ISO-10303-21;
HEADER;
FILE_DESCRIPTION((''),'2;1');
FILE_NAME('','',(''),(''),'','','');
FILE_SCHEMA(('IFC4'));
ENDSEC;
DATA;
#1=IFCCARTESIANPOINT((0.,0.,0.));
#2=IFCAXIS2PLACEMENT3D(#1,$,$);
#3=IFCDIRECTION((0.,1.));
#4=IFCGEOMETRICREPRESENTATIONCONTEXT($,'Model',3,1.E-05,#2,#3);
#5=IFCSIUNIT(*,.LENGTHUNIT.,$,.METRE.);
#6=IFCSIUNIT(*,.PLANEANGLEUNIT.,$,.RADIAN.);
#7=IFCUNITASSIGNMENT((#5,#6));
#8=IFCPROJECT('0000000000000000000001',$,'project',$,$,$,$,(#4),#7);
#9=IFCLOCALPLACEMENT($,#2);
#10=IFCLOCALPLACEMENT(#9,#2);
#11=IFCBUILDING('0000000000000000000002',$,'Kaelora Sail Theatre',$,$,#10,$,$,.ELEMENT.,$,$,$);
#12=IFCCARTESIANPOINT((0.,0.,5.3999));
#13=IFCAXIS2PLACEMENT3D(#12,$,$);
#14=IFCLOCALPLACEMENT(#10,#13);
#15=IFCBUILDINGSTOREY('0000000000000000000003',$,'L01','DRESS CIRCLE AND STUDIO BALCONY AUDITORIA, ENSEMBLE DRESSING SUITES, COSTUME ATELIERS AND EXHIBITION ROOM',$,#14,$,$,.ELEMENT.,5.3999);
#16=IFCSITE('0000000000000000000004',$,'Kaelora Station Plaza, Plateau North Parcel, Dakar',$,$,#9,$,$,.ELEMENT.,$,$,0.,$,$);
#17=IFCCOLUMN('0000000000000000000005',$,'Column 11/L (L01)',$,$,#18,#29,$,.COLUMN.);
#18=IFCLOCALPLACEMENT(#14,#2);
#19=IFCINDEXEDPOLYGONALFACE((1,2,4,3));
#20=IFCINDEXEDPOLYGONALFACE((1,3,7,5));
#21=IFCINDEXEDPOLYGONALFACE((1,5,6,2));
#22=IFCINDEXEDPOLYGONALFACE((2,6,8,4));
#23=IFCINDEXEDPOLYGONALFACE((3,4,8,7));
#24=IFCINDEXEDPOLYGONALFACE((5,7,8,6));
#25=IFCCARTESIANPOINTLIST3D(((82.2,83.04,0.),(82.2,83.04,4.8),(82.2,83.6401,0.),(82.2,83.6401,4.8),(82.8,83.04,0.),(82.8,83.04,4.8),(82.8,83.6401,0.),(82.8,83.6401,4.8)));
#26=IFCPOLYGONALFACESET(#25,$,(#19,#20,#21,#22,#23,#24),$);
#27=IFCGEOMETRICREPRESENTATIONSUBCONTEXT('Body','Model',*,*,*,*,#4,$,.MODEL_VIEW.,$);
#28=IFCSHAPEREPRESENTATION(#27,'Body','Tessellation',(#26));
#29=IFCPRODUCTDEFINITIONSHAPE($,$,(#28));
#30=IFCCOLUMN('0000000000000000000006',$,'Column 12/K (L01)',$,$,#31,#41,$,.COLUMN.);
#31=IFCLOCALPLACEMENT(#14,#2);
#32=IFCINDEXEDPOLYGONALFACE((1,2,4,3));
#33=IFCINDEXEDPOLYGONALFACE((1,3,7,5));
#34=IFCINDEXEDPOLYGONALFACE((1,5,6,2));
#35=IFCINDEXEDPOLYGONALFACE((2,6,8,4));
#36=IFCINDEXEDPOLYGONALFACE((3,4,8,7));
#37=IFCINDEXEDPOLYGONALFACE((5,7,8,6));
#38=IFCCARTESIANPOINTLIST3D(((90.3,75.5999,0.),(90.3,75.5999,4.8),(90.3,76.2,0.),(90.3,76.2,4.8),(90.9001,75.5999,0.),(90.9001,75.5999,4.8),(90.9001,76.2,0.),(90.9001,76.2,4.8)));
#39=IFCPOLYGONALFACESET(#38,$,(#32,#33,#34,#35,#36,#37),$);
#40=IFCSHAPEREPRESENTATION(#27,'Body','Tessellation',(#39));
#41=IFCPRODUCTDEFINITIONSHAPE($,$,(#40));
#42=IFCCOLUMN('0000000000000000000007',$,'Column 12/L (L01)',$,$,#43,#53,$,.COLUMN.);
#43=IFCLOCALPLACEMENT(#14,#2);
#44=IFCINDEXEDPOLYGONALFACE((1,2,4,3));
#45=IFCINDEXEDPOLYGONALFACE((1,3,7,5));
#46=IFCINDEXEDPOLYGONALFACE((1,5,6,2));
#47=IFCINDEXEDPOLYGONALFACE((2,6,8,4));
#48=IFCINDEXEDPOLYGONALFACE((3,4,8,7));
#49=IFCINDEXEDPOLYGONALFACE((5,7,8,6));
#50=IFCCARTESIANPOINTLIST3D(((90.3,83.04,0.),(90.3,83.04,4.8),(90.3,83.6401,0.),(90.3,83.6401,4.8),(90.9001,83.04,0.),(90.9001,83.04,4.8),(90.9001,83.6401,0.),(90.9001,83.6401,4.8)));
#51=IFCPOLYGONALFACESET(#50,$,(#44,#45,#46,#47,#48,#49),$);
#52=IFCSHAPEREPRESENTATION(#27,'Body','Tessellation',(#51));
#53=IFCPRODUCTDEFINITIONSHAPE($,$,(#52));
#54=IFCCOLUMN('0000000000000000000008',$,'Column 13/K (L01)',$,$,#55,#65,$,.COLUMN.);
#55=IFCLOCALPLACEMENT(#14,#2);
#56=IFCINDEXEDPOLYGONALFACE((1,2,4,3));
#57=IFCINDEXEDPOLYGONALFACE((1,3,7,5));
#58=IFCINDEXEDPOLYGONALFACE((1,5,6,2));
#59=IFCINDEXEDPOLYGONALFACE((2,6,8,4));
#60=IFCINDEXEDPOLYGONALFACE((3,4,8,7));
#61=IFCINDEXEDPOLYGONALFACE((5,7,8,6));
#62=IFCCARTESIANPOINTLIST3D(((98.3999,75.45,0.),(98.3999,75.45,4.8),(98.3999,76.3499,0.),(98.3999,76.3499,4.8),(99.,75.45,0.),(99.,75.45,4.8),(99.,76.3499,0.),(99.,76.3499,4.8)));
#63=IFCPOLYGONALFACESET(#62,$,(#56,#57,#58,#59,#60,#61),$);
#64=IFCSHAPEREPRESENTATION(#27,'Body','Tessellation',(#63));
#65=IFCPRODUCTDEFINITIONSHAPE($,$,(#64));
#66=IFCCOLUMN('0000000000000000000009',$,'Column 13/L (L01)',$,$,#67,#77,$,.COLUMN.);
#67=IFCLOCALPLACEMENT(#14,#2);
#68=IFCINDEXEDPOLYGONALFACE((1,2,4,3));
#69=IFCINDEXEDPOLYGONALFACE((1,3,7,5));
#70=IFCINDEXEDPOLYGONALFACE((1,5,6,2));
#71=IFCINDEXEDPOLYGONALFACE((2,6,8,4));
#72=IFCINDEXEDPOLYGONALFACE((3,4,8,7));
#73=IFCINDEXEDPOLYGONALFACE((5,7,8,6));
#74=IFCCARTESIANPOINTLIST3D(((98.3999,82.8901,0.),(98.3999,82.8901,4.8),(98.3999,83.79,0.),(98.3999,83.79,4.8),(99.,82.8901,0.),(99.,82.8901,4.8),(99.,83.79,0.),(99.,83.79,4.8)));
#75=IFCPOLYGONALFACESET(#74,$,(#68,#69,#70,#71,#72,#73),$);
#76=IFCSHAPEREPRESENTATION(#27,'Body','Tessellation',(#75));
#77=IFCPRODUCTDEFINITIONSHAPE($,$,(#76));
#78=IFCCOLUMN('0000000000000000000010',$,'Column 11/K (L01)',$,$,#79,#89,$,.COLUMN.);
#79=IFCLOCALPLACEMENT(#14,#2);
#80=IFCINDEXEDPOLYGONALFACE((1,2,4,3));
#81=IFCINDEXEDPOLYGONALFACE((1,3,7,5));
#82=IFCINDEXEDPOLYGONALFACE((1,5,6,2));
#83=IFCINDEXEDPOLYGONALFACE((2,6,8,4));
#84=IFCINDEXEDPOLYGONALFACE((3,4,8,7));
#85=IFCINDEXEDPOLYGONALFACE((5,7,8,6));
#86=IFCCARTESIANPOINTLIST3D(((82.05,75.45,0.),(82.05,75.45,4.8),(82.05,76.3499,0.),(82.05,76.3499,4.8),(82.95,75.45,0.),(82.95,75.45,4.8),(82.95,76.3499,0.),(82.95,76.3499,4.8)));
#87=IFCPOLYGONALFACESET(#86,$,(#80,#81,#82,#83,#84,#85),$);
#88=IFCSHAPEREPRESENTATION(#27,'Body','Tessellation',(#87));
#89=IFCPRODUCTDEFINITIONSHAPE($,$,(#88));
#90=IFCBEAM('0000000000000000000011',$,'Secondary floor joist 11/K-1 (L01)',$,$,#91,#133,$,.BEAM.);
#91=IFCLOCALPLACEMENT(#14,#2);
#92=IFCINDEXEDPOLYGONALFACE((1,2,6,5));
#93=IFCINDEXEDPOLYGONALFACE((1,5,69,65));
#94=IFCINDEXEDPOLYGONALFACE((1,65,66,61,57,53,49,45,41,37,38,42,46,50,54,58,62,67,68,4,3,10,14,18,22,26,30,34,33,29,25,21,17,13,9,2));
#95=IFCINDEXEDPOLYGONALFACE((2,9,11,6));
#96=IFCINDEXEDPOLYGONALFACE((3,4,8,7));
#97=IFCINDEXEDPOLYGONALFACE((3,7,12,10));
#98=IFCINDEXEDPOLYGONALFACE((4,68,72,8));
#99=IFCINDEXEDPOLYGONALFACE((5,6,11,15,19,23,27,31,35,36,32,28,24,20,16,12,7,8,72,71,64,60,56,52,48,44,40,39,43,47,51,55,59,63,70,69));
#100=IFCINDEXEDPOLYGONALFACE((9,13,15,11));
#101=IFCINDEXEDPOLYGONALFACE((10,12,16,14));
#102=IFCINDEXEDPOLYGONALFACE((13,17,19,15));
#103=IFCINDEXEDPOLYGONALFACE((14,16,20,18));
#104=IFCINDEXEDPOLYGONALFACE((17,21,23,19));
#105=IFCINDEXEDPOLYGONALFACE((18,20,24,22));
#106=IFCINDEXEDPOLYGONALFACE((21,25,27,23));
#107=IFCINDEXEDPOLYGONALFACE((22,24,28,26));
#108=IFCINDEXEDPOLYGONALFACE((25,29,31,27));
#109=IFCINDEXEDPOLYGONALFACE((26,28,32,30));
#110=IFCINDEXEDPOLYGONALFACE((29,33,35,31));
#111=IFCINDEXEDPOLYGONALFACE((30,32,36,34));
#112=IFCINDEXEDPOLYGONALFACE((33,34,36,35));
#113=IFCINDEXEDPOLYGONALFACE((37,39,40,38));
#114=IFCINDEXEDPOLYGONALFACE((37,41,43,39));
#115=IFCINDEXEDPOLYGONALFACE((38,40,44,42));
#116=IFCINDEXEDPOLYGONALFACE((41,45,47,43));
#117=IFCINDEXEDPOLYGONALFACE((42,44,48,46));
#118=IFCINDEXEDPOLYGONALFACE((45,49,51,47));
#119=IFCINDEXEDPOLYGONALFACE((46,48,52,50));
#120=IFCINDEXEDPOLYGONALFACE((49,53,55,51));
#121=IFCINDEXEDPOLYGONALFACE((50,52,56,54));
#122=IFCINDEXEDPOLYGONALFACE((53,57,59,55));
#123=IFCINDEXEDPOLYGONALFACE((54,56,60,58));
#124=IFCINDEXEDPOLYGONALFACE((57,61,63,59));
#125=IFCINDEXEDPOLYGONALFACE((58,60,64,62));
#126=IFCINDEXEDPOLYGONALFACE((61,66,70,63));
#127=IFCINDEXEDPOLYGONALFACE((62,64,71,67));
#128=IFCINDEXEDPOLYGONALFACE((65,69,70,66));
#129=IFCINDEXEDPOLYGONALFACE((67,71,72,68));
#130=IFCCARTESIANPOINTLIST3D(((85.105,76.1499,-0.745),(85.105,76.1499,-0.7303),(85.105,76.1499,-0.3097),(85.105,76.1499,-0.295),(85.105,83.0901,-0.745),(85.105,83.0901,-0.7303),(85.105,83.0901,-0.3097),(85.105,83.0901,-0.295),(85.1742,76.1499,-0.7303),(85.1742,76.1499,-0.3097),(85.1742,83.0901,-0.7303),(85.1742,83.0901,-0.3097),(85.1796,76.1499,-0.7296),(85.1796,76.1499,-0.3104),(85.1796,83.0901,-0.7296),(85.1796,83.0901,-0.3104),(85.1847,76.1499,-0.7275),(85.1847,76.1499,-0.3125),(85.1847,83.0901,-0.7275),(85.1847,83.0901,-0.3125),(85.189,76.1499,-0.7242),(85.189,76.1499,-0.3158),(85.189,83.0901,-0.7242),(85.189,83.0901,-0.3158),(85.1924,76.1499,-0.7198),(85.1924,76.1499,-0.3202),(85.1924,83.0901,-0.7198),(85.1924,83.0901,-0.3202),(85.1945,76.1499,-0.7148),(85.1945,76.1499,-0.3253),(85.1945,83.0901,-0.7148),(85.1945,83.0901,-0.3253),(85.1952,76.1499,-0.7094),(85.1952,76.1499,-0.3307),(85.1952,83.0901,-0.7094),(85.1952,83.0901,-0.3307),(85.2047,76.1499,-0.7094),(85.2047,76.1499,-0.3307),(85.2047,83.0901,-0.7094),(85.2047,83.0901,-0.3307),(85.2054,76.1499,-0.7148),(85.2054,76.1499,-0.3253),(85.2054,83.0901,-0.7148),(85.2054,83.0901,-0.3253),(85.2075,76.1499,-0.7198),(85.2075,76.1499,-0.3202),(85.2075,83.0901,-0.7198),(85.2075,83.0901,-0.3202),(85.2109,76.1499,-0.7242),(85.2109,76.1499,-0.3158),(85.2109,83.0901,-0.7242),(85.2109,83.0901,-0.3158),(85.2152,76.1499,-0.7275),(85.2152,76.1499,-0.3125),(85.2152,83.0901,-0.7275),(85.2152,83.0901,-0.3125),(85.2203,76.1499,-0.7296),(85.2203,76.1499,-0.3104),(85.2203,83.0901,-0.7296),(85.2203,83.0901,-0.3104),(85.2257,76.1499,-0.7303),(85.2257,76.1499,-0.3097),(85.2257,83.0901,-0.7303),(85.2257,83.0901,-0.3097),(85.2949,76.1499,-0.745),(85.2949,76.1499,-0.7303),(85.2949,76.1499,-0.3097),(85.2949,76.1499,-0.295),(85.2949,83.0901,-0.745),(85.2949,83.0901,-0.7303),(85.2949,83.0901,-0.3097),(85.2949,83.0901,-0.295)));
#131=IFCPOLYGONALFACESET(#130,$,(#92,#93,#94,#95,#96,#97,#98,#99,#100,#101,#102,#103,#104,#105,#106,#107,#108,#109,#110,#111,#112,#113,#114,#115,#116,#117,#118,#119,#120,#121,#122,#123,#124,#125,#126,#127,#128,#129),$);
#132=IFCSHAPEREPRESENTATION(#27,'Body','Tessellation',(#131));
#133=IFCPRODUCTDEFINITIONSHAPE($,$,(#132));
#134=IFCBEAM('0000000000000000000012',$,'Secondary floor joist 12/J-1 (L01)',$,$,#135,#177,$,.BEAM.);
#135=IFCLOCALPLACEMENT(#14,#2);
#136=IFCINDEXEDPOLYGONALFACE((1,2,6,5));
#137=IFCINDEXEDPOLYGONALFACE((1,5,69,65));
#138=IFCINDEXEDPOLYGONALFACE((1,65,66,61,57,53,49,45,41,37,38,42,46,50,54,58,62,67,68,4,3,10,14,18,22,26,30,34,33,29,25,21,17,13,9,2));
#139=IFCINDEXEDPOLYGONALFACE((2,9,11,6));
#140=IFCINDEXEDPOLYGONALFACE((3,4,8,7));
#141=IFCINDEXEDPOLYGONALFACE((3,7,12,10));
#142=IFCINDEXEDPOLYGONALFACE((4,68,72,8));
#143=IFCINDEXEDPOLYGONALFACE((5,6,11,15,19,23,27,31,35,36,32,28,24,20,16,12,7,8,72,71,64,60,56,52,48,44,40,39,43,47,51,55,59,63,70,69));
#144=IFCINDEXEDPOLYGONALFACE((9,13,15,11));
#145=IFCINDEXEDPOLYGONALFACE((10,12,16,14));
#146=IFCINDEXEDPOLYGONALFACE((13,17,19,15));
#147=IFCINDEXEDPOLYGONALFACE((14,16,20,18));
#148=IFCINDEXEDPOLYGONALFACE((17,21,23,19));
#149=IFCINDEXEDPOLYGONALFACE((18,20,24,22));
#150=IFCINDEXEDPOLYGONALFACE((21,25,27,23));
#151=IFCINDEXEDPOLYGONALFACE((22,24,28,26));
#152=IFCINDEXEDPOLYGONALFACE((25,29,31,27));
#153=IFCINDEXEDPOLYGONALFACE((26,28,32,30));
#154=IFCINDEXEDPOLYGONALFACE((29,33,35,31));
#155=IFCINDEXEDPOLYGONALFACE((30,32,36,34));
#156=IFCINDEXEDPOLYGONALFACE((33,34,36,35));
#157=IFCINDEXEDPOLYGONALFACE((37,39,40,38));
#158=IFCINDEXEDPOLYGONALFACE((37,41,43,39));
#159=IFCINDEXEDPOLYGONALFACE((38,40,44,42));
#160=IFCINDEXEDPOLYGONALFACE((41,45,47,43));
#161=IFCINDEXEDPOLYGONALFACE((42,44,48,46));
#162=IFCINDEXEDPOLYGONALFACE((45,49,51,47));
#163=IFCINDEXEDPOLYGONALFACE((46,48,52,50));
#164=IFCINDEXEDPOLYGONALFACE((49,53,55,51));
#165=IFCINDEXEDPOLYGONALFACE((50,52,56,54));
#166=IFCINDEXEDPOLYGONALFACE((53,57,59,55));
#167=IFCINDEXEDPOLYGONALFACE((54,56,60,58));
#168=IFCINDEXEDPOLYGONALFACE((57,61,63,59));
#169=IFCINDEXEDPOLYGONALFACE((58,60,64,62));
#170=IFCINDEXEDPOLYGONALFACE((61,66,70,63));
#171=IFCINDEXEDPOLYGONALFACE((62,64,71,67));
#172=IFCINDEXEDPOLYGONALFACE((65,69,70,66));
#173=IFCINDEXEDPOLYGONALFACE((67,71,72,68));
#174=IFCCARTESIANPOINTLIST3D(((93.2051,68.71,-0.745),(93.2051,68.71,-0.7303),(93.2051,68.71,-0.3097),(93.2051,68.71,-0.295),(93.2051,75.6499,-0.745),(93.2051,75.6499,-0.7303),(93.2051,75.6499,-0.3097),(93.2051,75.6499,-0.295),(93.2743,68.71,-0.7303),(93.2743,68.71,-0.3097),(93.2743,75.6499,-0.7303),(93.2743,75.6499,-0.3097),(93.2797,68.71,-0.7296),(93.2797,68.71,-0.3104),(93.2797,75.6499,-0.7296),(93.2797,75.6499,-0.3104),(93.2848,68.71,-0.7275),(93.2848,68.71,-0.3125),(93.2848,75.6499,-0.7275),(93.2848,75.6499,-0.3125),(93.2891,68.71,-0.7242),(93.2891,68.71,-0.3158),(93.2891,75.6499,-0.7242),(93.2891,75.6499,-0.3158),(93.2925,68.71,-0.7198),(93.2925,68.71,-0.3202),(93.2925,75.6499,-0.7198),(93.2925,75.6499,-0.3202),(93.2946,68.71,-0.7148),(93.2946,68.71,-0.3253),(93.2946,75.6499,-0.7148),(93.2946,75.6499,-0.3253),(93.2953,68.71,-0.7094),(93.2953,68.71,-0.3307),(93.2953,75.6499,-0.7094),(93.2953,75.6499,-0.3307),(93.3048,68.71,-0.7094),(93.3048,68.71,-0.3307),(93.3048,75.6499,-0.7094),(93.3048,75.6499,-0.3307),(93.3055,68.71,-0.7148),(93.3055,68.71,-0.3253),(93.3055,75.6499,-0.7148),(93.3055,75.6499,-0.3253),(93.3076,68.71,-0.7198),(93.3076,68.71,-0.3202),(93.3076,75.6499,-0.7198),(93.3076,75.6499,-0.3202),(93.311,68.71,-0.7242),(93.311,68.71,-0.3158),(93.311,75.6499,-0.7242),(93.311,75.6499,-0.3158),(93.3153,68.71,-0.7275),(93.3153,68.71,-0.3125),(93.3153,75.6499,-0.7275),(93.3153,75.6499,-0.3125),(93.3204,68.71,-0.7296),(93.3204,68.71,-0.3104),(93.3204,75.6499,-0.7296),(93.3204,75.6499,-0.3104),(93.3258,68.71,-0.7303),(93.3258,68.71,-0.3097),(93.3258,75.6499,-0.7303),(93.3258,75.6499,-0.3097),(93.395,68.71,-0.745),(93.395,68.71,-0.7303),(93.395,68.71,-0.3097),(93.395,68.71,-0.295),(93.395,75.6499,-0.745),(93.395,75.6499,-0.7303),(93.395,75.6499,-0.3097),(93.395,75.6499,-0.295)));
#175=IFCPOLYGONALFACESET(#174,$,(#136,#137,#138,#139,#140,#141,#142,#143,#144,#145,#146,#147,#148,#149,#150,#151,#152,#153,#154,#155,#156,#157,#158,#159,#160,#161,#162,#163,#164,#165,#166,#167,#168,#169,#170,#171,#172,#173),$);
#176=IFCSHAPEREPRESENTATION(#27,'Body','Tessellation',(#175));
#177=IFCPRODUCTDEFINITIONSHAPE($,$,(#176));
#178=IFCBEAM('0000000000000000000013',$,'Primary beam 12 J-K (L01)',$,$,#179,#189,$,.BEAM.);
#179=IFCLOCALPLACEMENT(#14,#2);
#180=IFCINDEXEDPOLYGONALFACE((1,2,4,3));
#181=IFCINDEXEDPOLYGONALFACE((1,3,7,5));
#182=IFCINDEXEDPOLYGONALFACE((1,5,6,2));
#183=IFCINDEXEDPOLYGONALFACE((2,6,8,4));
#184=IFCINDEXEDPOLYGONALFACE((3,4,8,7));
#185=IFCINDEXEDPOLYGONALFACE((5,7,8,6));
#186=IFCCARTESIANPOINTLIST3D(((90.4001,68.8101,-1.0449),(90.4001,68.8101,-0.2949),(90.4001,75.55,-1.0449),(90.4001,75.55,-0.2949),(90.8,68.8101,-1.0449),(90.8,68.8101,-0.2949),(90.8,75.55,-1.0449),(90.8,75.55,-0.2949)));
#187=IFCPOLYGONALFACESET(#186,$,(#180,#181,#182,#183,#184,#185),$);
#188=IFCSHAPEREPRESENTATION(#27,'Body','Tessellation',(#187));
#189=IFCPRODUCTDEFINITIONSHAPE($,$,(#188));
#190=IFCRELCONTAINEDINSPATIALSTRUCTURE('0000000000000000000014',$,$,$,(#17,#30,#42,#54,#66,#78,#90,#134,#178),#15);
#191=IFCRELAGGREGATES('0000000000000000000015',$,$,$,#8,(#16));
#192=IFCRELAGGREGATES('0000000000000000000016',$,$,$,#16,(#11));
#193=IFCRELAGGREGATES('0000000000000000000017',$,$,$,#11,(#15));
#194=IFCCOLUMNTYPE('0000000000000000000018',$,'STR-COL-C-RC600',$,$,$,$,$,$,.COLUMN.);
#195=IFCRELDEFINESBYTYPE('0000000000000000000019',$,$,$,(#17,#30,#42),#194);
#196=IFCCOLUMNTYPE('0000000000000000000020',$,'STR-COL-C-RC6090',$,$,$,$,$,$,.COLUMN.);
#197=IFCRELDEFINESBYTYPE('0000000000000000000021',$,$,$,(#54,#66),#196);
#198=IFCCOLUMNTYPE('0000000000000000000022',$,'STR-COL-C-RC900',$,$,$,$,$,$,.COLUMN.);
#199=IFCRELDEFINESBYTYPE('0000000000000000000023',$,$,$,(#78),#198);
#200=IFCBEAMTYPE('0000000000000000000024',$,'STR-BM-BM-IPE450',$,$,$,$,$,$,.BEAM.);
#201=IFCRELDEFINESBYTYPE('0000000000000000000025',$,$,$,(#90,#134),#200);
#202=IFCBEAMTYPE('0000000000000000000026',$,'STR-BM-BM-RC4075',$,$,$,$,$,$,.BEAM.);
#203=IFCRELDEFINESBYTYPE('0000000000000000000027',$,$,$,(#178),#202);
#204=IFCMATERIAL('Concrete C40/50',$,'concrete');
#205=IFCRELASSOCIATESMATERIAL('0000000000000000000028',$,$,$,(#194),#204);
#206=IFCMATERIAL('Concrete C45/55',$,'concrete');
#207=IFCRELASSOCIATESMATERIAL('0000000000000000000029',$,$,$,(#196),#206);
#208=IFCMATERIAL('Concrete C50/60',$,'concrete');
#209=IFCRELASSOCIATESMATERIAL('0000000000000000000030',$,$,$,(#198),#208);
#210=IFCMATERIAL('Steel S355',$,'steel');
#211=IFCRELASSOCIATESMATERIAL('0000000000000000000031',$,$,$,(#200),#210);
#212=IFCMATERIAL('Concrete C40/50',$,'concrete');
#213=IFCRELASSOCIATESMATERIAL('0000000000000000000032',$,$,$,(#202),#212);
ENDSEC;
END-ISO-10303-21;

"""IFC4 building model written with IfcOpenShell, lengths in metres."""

from ifc_helpers import new_model, si_unit, direction, frame, origin, origin_2d, place, context, subcontext, project, spatial, rectangle, i_section, extrude, material, material_profile, profile_set, type_object, element, save


model = new_model("IFC4")

# Units and contexts
model_context = context("Model", 3, precision=1e-05, world=origin(), true_north=direction((0.0, 1.0)))
body_context = subcontext(model_context, "Body", "Model", "MODEL_VIEW")
ifc_project = project(units=[si_unit("LENGTHUNIT", "METRE"), si_unit("PLANEANGLEUNIT", "RADIAN")], contexts=[model_context])

# Site, building, storey
site_placement = place(None, origin())
site = spatial("IfcSite", under=ifc_project, at=site_placement, Name="Kaelora Station Plaza, Plateau North Parcel, Dakar", CompositionType="ELEMENT", RefElevation=0.0)
building_placement = place(site_placement, origin())
building = spatial("IfcBuilding", under=site, at=building_placement, Name="Kaelora Sail Theatre", CompositionType="ELEMENT")
storey_placement = place(building_placement, frame((0.0, 0.0, 5.3999)))
storey = spatial("IfcBuildingStorey", under=building, at=storey_placement, Name="L01", Description="DRESS CIRCLE AND STUDIO BALCONY AUDITORIA, ENSEMBLE DRESSING SUITES, COSTUME ATELIERS AND EXHIBITION ROOM", CompositionType="ELEMENT", Elevation=5.3999)

# Columns
ifc_material_1 = material(Name="Concrete C40/50", Category="concrete")
ifc_material_profile_1 = material_profile(ifc_material_1, rectangle(XDim=0.6001, YDim=0.6001, at=origin_2d()), Name="RC-COL 600x600")
ifc_profile_set_1 = profile_set([ifc_material_profile_1], Name="Concrete C40/50")
column_type_1 = type_object("IfcColumnType", Name="STR-COL-C-RC600", PredefinedType="COLUMN", material=ifc_profile_set_1)
for number, where, z_axis, x_axis, name in (
    (1, (82.5, 83.3401, 0.0), (0.0, 0.0, 1.0), (1.0, 0.0, 0.0), "Column 11/L (L01)"),
    (2, (90.6001, 75.8999, 0.0), (0.0, 0.0, 1.0), (1.0, 0.0, 0.0), "Column 12/K (L01)"),
    (3, (90.6001, 83.3401, 0.0), (0.0, 0.0, 1.0), (1.0, 0.0, 0.0), "Column 12/L (L01)"),
):
    element("IfcColumn", number, at=place(storey_placement, frame(where, z_axis=z_axis, x_axis=x_axis)), inside=storey, type_object=column_type_1, Name=name, PredefinedType="COLUMN", context=body_context, shape_type="SweptSolid", body=[
        extrude(rectangle(XDim=0.6001, YDim=0.6001, at=origin_2d()), origin(), (0.0, 0.0, 1.0), 4.8),
    ])
ifc_material_2 = material(Name="Concrete C45/55", Category="concrete")
ifc_material_profile_2 = material_profile(ifc_material_2, rectangle(XDim=0.6001, YDim=0.8999, at=origin_2d()), Name="RC-COL 600x900")
ifc_profile_set_2 = profile_set([ifc_material_profile_2], Name="Concrete C45/55")
column_type_2 = type_object("IfcColumnType", Name="STR-COL-C-RC6090", PredefinedType="COLUMN", material=ifc_profile_set_2)
for number, where, z_axis, x_axis, name in (
    (4, (98.7, 75.8999, 0.0), (0.0, 0.0, 1.0), (1.0, 0.0, 0.0), "Column 13/K (L01)"),
    (5, (98.7, 83.3401, 0.0), (0.0, 0.0, 1.0), (1.0, 0.0, 0.0), "Column 13/L (L01)"),
):
    element("IfcColumn", number, at=place(storey_placement, frame(where, z_axis=z_axis, x_axis=x_axis)), inside=storey, type_object=column_type_2, Name=name, PredefinedType="COLUMN", context=body_context, shape_type="SweptSolid", body=[
        extrude(rectangle(XDim=0.6001, YDim=0.8999, at=origin_2d()), origin(), (0.0, 0.0, 1.0), 4.8),
    ])
ifc_material_3 = material(Name="Concrete C50/60", Category="concrete")
ifc_material_profile_3 = material_profile(ifc_material_3, rectangle(XDim=0.8999, YDim=0.8999, at=origin_2d()), Name="RC-COL 900x900")
ifc_profile_set_3 = profile_set([ifc_material_profile_3], Name="Concrete C50/60")
column_type_3 = type_object("IfcColumnType", Name="STR-COL-C-RC900", PredefinedType="COLUMN", material=ifc_profile_set_3)
column_placement = place(storey_placement, frame((82.5, 75.8999, 0.0), z_axis=(0.0, 0.0, 1.0), x_axis=(1.0, 0.0, 0.0)))
element("IfcColumn", 6, at=column_placement, inside=storey, type_object=column_type_3, Name="Column 11/K (L01)", PredefinedType="COLUMN", context=body_context, shape_type="SweptSolid", body=[
    extrude(rectangle(XDim=0.8999, YDim=0.8999, at=origin_2d()), origin(), (0.0, 0.0, 1.0), 4.8),
])

# Beams
ifc_material_4 = material(Name="Steel S355", Category="steel")
ifc_material_profile_4 = material_profile(ifc_material_4, i_section(OverallWidth=0.1899, OverallDepth=0.45, WebThickness=0.0095, FlangeThickness=0.0146, FilletRadius=0.021, at=origin_2d()), Name="IPE 450")
ifc_profile_set_4 = profile_set([ifc_material_profile_4], Name="Steel S355")
beam_type_1 = type_object("IfcBeamType", Name="STR-BM-BM-IPE450", PredefinedType="BEAM", material=ifc_profile_set_4)
beam_1_placement = place(storey_placement, frame((85.2, 76.1499, -0.52), z_axis=(0.0, 1.0, 0.0), x_axis=(-1.0, 0.0, 0.0)))
element("IfcBeam", 7, at=beam_1_placement, inside=storey, type_object=beam_type_1, Name="Secondary floor joist 11/K-1 (L01)", PredefinedType="BEAM", context=body_context, shape_type="SweptSolid", body=[
    extrude(i_section(OverallWidth=0.1899, OverallDepth=0.45, WebThickness=0.0095, FlangeThickness=0.0146, FilletRadius=0.021, at=origin_2d()), origin(), (0.0, 0.0, 1.0), 6.9402),
])
beam_2_placement = place(storey_placement, frame((93.3, 68.71, -0.52), z_axis=(0.0, 1.0, 0.0), x_axis=(-1.0, 0.0, 0.0)))
element("IfcBeam", 8, at=beam_2_placement, inside=storey, type_object=beam_type_1, Name="Secondary floor joist 12/J-1 (L01)", PredefinedType="BEAM", context=body_context, shape_type="SweptSolid", body=[
    extrude(i_section(OverallWidth=0.1899, OverallDepth=0.45, WebThickness=0.0095, FlangeThickness=0.0146, FilletRadius=0.021, at=origin_2d()), origin(), (0.0, 0.0, 1.0), 6.9399),
])
ifc_material_5 = material(Name="Concrete C40/50", Category="concrete")
ifc_material_profile_5 = material_profile(ifc_material_5, rectangle(XDim=0.3999, YDim=0.75, at=origin_2d()), Name="RC-BM 400x750")
ifc_profile_set_5 = profile_set([ifc_material_profile_5], Name="Concrete C40/50")
beam_type_2 = type_object("IfcBeamType", Name="STR-BM-BM-RC4075", PredefinedType="BEAM", material=ifc_profile_set_5)
for number, where, z_axis, x_axis, name in (
    (9, (90.6001, 68.8101, -0.6699), (0.0, 1.0, 0.0), (-1.0, 0.0, 0.0), "Primary beam 12 J-K (L01)"),
):
    element("IfcBeam", number, at=place(storey_placement, frame(where, z_axis=z_axis, x_axis=x_axis)), inside=storey, type_object=beam_type_2, Name=name, PredefinedType="BEAM", context=body_context, shape_type="SweptSolid", body=[
        extrude(rectangle(XDim=0.3999, YDim=0.75, at=origin_2d()), origin(), (0.0, 0.0, 1.0), 6.74),
    ])

save(model, "model.ifc")
